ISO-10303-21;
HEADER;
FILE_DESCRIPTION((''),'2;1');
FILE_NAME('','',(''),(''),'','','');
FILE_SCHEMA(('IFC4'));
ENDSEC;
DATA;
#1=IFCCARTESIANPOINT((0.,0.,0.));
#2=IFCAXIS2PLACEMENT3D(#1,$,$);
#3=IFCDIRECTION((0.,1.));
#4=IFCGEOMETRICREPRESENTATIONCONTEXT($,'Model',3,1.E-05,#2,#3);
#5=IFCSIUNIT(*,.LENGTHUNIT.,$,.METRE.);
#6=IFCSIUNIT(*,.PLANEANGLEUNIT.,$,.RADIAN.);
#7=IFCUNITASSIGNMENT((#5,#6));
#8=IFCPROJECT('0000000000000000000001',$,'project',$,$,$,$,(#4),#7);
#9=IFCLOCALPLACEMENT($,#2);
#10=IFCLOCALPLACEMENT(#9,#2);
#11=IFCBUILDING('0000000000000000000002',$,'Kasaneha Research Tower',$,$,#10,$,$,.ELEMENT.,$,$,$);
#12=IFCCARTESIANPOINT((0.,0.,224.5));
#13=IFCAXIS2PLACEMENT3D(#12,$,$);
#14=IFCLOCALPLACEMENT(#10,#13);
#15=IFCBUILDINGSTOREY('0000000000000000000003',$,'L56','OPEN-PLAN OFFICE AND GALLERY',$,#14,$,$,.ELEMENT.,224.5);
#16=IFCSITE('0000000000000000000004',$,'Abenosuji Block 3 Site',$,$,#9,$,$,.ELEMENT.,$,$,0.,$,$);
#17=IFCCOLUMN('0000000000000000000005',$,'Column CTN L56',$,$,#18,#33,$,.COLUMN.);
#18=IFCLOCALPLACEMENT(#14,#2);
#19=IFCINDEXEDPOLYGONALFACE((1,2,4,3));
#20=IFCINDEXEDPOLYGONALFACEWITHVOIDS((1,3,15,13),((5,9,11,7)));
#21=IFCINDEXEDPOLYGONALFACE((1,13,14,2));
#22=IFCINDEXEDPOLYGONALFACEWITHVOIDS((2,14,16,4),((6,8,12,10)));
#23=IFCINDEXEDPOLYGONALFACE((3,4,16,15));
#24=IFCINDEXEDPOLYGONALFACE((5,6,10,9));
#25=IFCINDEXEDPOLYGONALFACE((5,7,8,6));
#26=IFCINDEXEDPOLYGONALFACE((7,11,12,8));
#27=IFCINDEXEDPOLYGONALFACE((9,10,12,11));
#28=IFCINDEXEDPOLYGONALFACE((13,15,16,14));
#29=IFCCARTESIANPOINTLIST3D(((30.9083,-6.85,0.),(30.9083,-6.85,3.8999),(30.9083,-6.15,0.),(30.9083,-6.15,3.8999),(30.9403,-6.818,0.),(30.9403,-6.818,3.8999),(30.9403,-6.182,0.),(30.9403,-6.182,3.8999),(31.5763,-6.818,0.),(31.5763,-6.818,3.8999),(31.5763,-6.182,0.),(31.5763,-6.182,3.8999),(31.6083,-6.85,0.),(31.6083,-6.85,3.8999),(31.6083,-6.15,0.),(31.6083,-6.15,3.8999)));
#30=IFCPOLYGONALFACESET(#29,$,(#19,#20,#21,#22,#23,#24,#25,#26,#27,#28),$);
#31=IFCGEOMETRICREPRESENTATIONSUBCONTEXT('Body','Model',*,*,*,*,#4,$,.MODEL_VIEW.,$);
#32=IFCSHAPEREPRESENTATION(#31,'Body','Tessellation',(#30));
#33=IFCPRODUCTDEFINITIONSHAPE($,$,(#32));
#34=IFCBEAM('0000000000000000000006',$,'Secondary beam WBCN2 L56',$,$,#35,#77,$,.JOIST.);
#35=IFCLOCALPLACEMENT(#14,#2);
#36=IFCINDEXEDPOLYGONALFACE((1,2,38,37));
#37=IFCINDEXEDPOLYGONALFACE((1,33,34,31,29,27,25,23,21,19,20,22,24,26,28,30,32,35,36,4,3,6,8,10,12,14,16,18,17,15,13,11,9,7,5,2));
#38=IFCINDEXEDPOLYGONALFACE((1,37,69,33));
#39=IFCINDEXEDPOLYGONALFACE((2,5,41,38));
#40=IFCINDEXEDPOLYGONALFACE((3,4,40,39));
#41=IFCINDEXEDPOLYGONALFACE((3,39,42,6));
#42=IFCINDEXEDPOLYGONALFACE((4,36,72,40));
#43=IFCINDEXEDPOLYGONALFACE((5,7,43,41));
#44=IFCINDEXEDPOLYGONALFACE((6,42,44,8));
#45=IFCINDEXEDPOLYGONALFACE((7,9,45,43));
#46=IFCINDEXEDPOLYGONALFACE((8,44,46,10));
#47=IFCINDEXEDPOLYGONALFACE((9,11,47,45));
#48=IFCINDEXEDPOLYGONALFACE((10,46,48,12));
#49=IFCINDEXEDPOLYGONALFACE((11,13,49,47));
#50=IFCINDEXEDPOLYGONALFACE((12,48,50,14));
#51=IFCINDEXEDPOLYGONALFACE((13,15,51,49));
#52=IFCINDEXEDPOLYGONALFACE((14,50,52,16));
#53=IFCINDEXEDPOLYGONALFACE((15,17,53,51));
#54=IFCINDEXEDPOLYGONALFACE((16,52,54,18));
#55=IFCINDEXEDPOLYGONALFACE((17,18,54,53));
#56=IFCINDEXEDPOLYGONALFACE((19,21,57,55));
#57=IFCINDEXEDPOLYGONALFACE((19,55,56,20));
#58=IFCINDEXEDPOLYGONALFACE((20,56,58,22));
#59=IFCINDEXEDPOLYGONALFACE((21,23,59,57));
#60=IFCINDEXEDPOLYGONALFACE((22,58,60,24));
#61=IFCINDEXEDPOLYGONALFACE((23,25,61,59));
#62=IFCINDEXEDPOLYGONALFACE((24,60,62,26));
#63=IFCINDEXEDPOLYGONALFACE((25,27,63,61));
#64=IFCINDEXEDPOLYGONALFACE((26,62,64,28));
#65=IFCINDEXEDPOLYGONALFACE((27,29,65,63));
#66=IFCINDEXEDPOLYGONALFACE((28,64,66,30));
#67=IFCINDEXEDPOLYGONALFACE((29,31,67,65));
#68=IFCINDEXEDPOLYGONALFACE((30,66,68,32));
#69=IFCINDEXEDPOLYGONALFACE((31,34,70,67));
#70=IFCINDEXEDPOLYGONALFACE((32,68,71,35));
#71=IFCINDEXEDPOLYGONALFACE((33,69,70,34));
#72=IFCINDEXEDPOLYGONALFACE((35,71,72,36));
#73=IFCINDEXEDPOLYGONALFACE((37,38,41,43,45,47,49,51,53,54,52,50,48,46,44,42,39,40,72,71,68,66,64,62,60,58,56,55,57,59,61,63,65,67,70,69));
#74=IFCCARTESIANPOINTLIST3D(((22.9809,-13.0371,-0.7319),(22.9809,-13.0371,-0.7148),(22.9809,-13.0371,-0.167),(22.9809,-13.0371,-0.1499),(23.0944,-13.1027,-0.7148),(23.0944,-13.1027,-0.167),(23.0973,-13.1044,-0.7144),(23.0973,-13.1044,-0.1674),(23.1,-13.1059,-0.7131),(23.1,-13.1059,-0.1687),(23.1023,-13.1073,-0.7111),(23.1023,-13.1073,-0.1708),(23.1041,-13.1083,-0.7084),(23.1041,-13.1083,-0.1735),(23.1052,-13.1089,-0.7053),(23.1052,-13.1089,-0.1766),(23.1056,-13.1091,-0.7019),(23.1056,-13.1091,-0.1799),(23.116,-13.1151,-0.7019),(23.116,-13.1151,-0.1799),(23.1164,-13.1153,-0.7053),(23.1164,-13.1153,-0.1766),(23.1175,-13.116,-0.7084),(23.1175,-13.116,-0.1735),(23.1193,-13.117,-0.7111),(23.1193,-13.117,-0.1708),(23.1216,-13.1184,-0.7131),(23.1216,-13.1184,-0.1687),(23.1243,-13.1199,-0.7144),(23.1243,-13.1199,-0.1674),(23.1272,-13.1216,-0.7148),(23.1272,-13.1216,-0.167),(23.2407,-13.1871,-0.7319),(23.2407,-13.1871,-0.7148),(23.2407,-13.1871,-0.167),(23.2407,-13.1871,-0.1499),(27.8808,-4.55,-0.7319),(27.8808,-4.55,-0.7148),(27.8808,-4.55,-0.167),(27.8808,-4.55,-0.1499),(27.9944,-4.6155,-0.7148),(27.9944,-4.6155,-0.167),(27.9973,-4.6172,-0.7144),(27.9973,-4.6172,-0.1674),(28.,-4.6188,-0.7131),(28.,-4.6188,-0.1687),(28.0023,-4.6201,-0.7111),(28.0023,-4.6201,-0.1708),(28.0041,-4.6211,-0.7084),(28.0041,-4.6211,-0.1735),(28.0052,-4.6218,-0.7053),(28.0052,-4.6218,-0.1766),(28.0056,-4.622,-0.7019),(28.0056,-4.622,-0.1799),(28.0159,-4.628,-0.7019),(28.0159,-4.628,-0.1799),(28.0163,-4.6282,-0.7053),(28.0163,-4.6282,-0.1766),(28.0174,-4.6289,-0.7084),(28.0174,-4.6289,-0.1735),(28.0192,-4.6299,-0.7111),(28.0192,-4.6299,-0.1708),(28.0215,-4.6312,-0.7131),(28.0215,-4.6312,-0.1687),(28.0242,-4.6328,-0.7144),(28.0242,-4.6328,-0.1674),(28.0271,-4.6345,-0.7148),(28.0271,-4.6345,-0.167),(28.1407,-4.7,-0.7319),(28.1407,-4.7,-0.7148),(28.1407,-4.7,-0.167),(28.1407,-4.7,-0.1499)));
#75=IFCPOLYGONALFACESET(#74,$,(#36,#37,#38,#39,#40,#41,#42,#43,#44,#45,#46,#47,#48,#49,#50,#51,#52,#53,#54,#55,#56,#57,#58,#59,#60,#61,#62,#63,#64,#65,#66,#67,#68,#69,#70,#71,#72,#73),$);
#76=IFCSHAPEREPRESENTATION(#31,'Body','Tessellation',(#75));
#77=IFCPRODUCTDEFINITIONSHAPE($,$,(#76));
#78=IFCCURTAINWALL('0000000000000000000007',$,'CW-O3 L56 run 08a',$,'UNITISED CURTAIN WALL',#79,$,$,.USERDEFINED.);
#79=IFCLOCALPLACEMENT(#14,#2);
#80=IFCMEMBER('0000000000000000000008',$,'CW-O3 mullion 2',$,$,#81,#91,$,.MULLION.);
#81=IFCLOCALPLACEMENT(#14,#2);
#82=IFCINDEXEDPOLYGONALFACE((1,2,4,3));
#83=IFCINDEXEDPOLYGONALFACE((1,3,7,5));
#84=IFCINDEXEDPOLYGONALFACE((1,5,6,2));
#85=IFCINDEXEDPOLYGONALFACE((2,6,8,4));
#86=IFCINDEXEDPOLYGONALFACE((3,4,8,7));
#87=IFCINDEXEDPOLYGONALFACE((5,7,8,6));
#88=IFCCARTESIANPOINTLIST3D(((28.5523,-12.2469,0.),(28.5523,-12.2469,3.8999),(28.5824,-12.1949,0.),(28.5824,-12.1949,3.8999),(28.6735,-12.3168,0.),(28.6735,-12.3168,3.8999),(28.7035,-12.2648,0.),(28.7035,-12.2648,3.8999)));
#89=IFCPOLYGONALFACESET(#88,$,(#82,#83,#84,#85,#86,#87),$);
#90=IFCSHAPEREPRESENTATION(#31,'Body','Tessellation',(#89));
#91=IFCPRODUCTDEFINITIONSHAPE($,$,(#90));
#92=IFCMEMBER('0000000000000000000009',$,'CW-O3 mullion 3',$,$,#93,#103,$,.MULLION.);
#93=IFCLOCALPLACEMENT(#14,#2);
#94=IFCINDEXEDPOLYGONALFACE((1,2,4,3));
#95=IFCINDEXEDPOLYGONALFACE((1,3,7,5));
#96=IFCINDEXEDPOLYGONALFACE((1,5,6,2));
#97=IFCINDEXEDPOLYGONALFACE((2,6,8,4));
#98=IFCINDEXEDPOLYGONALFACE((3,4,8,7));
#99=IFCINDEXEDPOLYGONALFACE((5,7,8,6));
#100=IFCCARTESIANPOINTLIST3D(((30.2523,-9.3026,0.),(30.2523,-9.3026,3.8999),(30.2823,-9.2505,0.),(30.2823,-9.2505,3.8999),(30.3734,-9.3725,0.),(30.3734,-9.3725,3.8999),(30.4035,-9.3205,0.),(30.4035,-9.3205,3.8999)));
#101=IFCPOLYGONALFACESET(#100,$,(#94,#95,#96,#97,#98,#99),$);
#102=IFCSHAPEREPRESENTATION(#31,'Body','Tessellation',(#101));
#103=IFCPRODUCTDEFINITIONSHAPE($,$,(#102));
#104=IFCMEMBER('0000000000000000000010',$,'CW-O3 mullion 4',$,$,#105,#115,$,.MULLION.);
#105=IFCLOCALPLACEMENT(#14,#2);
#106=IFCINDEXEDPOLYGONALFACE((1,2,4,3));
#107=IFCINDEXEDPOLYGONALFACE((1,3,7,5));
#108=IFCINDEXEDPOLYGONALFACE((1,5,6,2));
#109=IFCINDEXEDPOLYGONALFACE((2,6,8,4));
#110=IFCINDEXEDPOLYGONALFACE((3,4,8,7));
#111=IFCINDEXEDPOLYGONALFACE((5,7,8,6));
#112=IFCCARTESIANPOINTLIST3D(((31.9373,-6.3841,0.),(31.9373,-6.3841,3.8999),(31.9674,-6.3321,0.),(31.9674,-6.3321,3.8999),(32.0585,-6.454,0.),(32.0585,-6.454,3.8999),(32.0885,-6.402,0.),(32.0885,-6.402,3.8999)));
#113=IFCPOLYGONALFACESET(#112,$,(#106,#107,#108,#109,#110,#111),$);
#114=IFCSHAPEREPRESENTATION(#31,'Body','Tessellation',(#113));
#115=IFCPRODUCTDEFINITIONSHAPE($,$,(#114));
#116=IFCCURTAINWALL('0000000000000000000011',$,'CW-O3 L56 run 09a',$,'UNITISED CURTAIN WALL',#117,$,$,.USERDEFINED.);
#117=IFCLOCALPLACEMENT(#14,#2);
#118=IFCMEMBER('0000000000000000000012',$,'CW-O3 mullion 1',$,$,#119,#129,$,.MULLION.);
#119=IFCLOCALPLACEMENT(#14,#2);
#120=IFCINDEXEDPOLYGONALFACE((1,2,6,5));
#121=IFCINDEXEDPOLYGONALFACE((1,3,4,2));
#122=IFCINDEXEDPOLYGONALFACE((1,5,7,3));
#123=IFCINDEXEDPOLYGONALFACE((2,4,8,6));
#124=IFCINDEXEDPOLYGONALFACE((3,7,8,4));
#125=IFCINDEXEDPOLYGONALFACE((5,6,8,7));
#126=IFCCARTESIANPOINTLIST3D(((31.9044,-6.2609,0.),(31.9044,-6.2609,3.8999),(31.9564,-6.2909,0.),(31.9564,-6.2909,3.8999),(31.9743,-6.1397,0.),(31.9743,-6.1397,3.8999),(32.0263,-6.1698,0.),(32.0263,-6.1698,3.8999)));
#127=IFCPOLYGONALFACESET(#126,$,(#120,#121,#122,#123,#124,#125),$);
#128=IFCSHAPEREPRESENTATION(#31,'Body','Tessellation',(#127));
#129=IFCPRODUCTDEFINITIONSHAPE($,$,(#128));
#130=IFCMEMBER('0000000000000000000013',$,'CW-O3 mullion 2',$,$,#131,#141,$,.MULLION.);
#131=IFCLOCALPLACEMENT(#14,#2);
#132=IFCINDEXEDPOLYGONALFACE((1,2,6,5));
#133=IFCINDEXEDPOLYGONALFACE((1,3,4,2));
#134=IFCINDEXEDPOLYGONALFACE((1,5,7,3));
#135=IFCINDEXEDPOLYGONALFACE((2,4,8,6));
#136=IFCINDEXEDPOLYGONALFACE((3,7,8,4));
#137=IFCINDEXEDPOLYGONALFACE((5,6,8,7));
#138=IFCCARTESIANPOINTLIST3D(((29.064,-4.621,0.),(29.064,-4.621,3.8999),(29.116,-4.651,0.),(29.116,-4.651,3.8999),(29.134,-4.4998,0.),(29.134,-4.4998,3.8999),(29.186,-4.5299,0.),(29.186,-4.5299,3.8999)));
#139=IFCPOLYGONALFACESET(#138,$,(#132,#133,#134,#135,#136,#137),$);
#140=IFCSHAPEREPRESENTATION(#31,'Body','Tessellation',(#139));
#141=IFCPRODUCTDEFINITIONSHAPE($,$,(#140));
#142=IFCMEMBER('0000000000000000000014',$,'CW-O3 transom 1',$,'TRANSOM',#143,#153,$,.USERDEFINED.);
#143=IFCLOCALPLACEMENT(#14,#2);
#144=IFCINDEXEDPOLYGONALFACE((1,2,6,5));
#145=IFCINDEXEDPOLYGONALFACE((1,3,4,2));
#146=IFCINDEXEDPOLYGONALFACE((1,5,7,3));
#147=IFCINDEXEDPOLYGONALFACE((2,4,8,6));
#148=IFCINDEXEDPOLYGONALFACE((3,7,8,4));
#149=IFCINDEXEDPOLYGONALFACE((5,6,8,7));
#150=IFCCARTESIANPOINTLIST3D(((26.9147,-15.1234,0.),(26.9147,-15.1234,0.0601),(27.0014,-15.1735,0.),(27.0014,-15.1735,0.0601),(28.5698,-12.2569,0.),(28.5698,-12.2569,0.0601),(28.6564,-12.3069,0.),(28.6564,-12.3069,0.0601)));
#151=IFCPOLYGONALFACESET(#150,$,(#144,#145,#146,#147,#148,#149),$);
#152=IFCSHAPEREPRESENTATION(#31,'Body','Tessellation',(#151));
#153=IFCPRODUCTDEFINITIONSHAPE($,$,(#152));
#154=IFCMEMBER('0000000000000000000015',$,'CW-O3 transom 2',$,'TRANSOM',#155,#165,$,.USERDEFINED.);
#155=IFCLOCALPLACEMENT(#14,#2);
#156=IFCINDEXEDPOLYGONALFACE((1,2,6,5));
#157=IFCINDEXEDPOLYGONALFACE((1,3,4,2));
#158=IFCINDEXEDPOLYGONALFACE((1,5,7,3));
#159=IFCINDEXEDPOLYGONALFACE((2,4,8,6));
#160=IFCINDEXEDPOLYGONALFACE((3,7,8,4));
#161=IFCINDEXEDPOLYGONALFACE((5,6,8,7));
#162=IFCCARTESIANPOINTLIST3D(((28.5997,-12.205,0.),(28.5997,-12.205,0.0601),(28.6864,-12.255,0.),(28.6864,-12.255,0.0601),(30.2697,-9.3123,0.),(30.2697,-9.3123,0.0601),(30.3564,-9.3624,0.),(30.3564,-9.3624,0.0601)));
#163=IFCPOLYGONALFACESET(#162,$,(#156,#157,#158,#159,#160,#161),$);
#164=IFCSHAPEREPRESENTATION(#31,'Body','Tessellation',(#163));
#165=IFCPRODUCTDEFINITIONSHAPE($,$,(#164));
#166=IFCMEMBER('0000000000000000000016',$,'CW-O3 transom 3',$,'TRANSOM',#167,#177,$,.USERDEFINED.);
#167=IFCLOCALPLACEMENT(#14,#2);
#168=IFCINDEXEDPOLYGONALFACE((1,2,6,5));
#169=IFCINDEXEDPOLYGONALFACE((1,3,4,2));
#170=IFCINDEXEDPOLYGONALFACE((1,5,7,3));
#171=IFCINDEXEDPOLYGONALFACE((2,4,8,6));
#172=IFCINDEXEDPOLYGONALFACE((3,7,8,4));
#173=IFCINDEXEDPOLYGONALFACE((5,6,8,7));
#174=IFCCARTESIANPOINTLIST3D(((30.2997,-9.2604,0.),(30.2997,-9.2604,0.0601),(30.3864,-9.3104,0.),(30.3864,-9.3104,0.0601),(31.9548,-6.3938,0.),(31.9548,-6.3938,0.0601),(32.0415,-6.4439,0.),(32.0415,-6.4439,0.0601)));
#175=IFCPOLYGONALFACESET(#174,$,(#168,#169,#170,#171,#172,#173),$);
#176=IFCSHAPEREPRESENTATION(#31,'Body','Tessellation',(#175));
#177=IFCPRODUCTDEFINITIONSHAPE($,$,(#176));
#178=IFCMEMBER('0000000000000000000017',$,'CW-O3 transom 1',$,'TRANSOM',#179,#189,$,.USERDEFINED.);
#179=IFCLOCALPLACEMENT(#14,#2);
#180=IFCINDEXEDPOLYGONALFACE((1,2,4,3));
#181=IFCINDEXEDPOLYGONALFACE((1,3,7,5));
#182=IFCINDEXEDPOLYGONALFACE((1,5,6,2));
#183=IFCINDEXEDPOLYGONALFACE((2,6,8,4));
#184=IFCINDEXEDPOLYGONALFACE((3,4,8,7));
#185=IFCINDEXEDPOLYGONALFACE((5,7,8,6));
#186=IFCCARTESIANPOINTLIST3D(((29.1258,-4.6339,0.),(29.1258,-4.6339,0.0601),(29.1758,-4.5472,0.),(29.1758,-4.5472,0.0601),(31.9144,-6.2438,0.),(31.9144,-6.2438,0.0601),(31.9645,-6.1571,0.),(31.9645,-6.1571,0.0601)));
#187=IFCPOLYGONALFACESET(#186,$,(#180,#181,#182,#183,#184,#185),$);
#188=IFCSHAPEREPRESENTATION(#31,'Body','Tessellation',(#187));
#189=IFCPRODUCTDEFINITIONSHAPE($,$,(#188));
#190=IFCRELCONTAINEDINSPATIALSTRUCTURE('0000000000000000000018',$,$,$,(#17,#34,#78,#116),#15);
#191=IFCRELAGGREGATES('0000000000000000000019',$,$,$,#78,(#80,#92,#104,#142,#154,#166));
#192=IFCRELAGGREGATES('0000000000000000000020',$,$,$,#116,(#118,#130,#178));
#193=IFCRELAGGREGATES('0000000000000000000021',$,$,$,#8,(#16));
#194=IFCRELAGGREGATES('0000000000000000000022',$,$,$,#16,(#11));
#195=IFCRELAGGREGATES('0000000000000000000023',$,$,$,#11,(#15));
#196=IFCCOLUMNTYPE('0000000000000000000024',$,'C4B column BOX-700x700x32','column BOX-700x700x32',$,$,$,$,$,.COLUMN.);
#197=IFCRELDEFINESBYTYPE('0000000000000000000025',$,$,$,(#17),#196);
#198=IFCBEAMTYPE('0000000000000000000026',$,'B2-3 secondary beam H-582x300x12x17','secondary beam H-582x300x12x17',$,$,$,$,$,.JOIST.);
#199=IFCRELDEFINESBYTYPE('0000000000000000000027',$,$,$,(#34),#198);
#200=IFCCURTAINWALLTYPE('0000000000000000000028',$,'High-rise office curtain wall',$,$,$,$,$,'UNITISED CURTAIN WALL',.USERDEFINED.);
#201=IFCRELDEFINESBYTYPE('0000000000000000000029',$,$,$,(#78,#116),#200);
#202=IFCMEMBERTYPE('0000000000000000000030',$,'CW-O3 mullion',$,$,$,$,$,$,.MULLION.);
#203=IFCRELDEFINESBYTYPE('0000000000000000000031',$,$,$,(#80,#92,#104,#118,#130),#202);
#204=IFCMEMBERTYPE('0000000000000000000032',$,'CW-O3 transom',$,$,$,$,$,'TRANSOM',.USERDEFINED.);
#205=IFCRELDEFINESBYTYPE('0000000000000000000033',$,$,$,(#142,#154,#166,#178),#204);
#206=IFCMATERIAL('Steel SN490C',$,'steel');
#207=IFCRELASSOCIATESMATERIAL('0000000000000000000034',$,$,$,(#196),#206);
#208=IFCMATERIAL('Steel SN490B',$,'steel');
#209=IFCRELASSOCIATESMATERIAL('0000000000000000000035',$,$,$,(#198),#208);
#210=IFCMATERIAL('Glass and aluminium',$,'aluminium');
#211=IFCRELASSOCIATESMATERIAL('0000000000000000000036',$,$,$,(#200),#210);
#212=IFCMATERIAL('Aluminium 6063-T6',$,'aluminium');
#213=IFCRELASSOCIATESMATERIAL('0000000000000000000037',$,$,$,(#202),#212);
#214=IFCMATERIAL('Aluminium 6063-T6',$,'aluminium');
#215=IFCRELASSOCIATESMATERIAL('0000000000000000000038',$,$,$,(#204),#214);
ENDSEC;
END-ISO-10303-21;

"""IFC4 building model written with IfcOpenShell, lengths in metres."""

from ifc_helpers import new_model, si_unit, direction, frame, origin, origin_2d, place, context, subcontext, project, spatial, rectangle, hollow_rectangle, i_section, extrude, material, material_profile, profile_set, type_object, element, aggregate, save


model = new_model("IFC4")

# Units and contexts
model_context = context("Model", 3, precision=1e-05, world=origin(), true_north=direction((0.0, 1.0)))
body_context = subcontext(model_context, "Body", "Model", "MODEL_VIEW")
ifc_project = project(units=[si_unit("LENGTHUNIT", "METRE"), si_unit("PLANEANGLEUNIT", "RADIAN")], contexts=[model_context])

# Site, building, storey
site_placement = place(None, origin())
site = spatial("IfcSite", under=ifc_project, at=site_placement, Name="Abenosuji Block 3 Site", CompositionType="ELEMENT", RefElevation=0.0)
building_placement = place(site_placement, origin())
building = spatial("IfcBuilding", under=site, at=building_placement, Name="Kasaneha Research Tower", CompositionType="ELEMENT")
storey_placement = place(building_placement, frame((0.0, 0.0, 224.5)))
storey = spatial("IfcBuildingStorey", under=building, at=storey_placement, Name="L56", Description="OPEN-PLAN OFFICE AND GALLERY", CompositionType="ELEMENT", Elevation=224.5)

# Column
ifc_material_1 = material(Name="Steel SN490C", Category="steel")
ifc_material_profile_1 = material_profile(ifc_material_1, hollow_rectangle(XDim=0.7, YDim=0.7, WallThickness=0.032, at=origin_2d()), Name="BOX-700x700x32")
ifc_profile_set_1 = profile_set([ifc_material_profile_1], Name="Steel SN490C")
column_type = type_object("IfcColumnType", Name="C4B column BOX-700x700x32", Description="column BOX-700x700x32", PredefinedType="COLUMN", material=ifc_profile_set_1)
column_placement = place(storey_placement, frame((31.2583, -6.5, 0.0), z_axis=(0.0, 0.0, 1.0), x_axis=(1.0, 0.0, 0.0)))
element("IfcColumn", 1, at=column_placement, inside=storey, type_object=column_type, Name="Column CTN L56", PredefinedType="COLUMN", context=body_context, shape_type="SweptSolid", body=[
    extrude(hollow_rectangle(XDim=0.7, YDim=0.7, WallThickness=0.032, at=origin_2d()), origin(), (0.0, 0.0, 1.0), 3.8999),
])

# Beam
ifc_material_2 = material(Name="Steel SN490B", Category="steel")
ifc_material_profile_2 = material_profile(ifc_material_2, i_section(OverallWidth=0.3, OverallDepth=0.582, WebThickness=0.012, FlangeThickness=0.0171, FilletRadius=0.0129, at=origin_2d()), Name="H-582x300x12x17")
ifc_profile_set_2 = profile_set([ifc_material_profile_2], Name="Steel SN490B")
beam_type_1 = type_object("IfcBeamType", Name="B2-3 secondary beam H-582x300x12x17", Description="secondary beam H-582x300x12x17", PredefinedType="JOIST", material=ifc_profile_set_2)
beam_1_placement = place(storey_placement, frame((28.0107, -4.625, -0.4409), z_axis=(-0.499992, -0.86603, 0.0), x_axis=(0.86603, -0.499992, 0.0)))
element("IfcBeam", 2, at=beam_1_placement, inside=storey, type_object=beam_type_1, Name="Secondary beam WBCN2 L56", PredefinedType="JOIST", context=body_context, shape_type="SweptSolid", body=[
    extrude(i_section(OverallWidth=0.3, OverallDepth=0.582, WebThickness=0.012, FlangeThickness=0.0171, FilletRadius=0.0129, at=origin_2d()), origin(), (0.0, 0.0, 1.0), 9.8),
])

# Curtain walls, members
ifc_material_3 = material(Name="Glass and aluminium", Category="aluminium")
curtain_wall_type = type_object("IfcCurtainWallType", Name="High-rise office curtain wall", ElementType="UNITISED CURTAIN WALL", PredefinedType="USERDEFINED", material=ifc_material_3)
curtain_wall_1_placement = place(storey_placement, origin())
curtain_wall_1 = element("IfcCurtainWall", 3, at=curtain_wall_1_placement, inside=storey, type_object=curtain_wall_type, Name="CW-O3 L56 run 08a", ObjectType="UNITISED CURTAIN WALL", PredefinedType="USERDEFINED")
ifc_material_4 = material(Name="Aluminium 6063-T6", Category="aluminium")
ifc_material_profile_3 = material_profile(ifc_material_4, rectangle(XDim=0.0601, YDim=0.1399, at=origin_2d()), Name="CW-O3 mullion 60x140")
ifc_profile_set_3 = profile_set([ifc_material_profile_3], Name="Aluminium 6063-T6")
member_type_1 = type_object("IfcMemberType", Name="CW-O3 mullion", PredefinedType="MULLION", material=ifc_profile_set_3)
member_1_placement = place(storey_placement, frame((28.6279, -12.2559, 0.0), z_axis=(0.0, 0.0, 1.0), x_axis=(0.5, 0.866025, 0.0)))
member_1 = element("IfcMember", 4, at=member_1_placement, type_object=member_type_1, Name="CW-O3 mullion 2", PredefinedType="MULLION", context=body_context, shape_type="SweptSolid", body=[
    extrude(rectangle(XDim=0.0601, YDim=0.1399, at=origin_2d()), origin(), (0.0, 0.0, 1.0), 3.8999),
])
member_2_placement = place(storey_placement, frame((30.3279, -9.3115, 0.0), z_axis=(0.0, 0.0, 1.0), x_axis=(0.5, 0.866025, 0.0)))
member_2 = element("IfcMember", 5, at=member_2_placement, type_object=member_type_1, Name="CW-O3 mullion 3", PredefinedType="MULLION", context=body_context, shape_type="SweptSolid", body=[
    extrude(rectangle(XDim=0.0601, YDim=0.1399, at=origin_2d()), origin(), (0.0, 0.0, 1.0), 3.8999),
])
member_3_placement = place(storey_placement, frame((32.0129, -6.3931, 0.0), z_axis=(0.0, 0.0, 1.0), x_axis=(0.5, 0.866025, 0.0)))
member_3 = element("IfcMember", 6, at=member_3_placement, type_object=member_type_1, Name="CW-O3 mullion 4", PredefinedType="MULLION", context=body_context, shape_type="SweptSolid", body=[
    extrude(rectangle(XDim=0.0601, YDim=0.1399, at=origin_2d()), origin(), (0.0, 0.0, 1.0), 3.8999),
])
curtain_wall_2_placement = place(storey_placement, origin())
curtain_wall_2 = element("IfcCurtainWall", 7, at=curtain_wall_2_placement, inside=storey, type_object=curtain_wall_type, Name="CW-O3 L56 run 09a", ObjectType="UNITISED CURTAIN WALL", PredefinedType="USERDEFINED")
member_4_placement = place(storey_placement, frame((31.9653, -6.2153, 0.0), z_axis=(0.0, 0.0, 1.0), x_axis=(-0.866025, 0.5, 0.0)))
member_4 = element("IfcMember", 8, at=member_4_placement, type_object=member_type_1, Name="CW-O3 mullion 1", PredefinedType="MULLION", context=body_context, shape_type="SweptSolid", body=[
    extrude(rectangle(XDim=0.0601, YDim=0.1399, at=origin_2d()), origin(), (0.0, 0.0, 1.0), 3.8999),
])
member_5_placement = place(storey_placement, frame((29.125, -4.5754, 0.0), z_axis=(0.0, 0.0, 1.0), x_axis=(-0.866025, 0.5, 0.0)))
member_5 = element("IfcMember", 9, at=member_5_placement, type_object=member_type_1, Name="CW-O3 mullion 2", PredefinedType="MULLION", context=body_context, shape_type="SweptSolid", body=[
    extrude(rectangle(XDim=0.0601, YDim=0.1399, at=origin_2d()), origin(), (0.0, 0.0, 1.0), 3.8999),
])

# Members
ifc_material_5 = material(Name="Aluminium 6063-T6", Category="aluminium")
ifc_material_profile_4 = material_profile(ifc_material_5, rectangle(XDim=0.1001, YDim=0.0601, at=origin_2d()), Name="CW-O3 transom 100x60")
ifc_profile_set_4 = profile_set([ifc_material_profile_4], Name="Aluminium 6063-T6")
member_type_2 = type_object("IfcMemberType", Name="CW-O3 transom", ElementType="TRANSOM", PredefinedType="USERDEFINED", material=ifc_profile_set_4)
member_6_placement = place(storey_placement, frame((26.958, -15.1484, 0.03), z_axis=(0.500018, 0.866015, 0.0), x_axis=(-0.866015, 0.500018, 0.0)))
member_6 = element("IfcMember", 10, at=member_6_placement, type_object=member_type_2, Name="CW-O3 transom 1", ObjectType="TRANSOM", PredefinedType="USERDEFINED", context=body_context, shape_type="SweptSolid", body=[
    extrude(rectangle(XDim=0.1001, YDim=0.0601, at=origin_2d()), origin(), (0.0, 0.0, 1.0), 3.3101),
])
member_7_placement = place(storey_placement, frame((28.6431, -12.23, 0.03), z_axis=(0.499976, 0.86604, 0.0), x_axis=(-0.86604, 0.499976, 0.0)))
member_7 = element("IfcMember", 11, at=member_7_placement, type_object=member_type_2, Name="CW-O3 transom 2", ObjectType="TRANSOM", PredefinedType="USERDEFINED", context=body_context, shape_type="SweptSolid", body=[
    extrude(rectangle(XDim=0.1001, YDim=0.0601, at=origin_2d()), origin(), (0.0, 0.0, 1.0), 3.3401),
])
member_8_placement = place(storey_placement, frame((30.343, -9.2854, 0.03), z_axis=(0.500018, 0.866015, 0.0), x_axis=(-0.866015, 0.500018, 0.0)))
member_8 = element("IfcMember", 12, at=member_8_placement, type_object=member_type_2, Name="CW-O3 transom 3", ObjectType="TRANSOM", PredefinedType="USERDEFINED", context=body_context, shape_type="SweptSolid", body=[
    extrude(rectangle(XDim=0.1001, YDim=0.0601, at=origin_2d()), origin(), (0.0, 0.0, 1.0), 3.3101),
])
member_9_placement = place(storey_placement, frame((31.9395, -6.2004, 0.03), z_axis=(-0.866042, 0.499972, 0.0), x_axis=(-0.499972, -0.866042, 0.0)))
member_9 = element("IfcMember", 13, at=member_9_placement, type_object=member_type_2, Name="CW-O3 transom 1", ObjectType="TRANSOM", PredefinedType="USERDEFINED", context=body_context, shape_type="SweptSolid", body=[
    extrude(rectangle(XDim=0.1001, YDim=0.0601, at=origin_2d()), origin(), (0.0, 0.0, 1.0), 3.22),
])

aggregate(curtain_wall_1, [member_1, member_2, member_3, member_6, member_7, member_8])
aggregate(curtain_wall_2, [member_4, member_5, member_9])

save(model, "model.ifc")
